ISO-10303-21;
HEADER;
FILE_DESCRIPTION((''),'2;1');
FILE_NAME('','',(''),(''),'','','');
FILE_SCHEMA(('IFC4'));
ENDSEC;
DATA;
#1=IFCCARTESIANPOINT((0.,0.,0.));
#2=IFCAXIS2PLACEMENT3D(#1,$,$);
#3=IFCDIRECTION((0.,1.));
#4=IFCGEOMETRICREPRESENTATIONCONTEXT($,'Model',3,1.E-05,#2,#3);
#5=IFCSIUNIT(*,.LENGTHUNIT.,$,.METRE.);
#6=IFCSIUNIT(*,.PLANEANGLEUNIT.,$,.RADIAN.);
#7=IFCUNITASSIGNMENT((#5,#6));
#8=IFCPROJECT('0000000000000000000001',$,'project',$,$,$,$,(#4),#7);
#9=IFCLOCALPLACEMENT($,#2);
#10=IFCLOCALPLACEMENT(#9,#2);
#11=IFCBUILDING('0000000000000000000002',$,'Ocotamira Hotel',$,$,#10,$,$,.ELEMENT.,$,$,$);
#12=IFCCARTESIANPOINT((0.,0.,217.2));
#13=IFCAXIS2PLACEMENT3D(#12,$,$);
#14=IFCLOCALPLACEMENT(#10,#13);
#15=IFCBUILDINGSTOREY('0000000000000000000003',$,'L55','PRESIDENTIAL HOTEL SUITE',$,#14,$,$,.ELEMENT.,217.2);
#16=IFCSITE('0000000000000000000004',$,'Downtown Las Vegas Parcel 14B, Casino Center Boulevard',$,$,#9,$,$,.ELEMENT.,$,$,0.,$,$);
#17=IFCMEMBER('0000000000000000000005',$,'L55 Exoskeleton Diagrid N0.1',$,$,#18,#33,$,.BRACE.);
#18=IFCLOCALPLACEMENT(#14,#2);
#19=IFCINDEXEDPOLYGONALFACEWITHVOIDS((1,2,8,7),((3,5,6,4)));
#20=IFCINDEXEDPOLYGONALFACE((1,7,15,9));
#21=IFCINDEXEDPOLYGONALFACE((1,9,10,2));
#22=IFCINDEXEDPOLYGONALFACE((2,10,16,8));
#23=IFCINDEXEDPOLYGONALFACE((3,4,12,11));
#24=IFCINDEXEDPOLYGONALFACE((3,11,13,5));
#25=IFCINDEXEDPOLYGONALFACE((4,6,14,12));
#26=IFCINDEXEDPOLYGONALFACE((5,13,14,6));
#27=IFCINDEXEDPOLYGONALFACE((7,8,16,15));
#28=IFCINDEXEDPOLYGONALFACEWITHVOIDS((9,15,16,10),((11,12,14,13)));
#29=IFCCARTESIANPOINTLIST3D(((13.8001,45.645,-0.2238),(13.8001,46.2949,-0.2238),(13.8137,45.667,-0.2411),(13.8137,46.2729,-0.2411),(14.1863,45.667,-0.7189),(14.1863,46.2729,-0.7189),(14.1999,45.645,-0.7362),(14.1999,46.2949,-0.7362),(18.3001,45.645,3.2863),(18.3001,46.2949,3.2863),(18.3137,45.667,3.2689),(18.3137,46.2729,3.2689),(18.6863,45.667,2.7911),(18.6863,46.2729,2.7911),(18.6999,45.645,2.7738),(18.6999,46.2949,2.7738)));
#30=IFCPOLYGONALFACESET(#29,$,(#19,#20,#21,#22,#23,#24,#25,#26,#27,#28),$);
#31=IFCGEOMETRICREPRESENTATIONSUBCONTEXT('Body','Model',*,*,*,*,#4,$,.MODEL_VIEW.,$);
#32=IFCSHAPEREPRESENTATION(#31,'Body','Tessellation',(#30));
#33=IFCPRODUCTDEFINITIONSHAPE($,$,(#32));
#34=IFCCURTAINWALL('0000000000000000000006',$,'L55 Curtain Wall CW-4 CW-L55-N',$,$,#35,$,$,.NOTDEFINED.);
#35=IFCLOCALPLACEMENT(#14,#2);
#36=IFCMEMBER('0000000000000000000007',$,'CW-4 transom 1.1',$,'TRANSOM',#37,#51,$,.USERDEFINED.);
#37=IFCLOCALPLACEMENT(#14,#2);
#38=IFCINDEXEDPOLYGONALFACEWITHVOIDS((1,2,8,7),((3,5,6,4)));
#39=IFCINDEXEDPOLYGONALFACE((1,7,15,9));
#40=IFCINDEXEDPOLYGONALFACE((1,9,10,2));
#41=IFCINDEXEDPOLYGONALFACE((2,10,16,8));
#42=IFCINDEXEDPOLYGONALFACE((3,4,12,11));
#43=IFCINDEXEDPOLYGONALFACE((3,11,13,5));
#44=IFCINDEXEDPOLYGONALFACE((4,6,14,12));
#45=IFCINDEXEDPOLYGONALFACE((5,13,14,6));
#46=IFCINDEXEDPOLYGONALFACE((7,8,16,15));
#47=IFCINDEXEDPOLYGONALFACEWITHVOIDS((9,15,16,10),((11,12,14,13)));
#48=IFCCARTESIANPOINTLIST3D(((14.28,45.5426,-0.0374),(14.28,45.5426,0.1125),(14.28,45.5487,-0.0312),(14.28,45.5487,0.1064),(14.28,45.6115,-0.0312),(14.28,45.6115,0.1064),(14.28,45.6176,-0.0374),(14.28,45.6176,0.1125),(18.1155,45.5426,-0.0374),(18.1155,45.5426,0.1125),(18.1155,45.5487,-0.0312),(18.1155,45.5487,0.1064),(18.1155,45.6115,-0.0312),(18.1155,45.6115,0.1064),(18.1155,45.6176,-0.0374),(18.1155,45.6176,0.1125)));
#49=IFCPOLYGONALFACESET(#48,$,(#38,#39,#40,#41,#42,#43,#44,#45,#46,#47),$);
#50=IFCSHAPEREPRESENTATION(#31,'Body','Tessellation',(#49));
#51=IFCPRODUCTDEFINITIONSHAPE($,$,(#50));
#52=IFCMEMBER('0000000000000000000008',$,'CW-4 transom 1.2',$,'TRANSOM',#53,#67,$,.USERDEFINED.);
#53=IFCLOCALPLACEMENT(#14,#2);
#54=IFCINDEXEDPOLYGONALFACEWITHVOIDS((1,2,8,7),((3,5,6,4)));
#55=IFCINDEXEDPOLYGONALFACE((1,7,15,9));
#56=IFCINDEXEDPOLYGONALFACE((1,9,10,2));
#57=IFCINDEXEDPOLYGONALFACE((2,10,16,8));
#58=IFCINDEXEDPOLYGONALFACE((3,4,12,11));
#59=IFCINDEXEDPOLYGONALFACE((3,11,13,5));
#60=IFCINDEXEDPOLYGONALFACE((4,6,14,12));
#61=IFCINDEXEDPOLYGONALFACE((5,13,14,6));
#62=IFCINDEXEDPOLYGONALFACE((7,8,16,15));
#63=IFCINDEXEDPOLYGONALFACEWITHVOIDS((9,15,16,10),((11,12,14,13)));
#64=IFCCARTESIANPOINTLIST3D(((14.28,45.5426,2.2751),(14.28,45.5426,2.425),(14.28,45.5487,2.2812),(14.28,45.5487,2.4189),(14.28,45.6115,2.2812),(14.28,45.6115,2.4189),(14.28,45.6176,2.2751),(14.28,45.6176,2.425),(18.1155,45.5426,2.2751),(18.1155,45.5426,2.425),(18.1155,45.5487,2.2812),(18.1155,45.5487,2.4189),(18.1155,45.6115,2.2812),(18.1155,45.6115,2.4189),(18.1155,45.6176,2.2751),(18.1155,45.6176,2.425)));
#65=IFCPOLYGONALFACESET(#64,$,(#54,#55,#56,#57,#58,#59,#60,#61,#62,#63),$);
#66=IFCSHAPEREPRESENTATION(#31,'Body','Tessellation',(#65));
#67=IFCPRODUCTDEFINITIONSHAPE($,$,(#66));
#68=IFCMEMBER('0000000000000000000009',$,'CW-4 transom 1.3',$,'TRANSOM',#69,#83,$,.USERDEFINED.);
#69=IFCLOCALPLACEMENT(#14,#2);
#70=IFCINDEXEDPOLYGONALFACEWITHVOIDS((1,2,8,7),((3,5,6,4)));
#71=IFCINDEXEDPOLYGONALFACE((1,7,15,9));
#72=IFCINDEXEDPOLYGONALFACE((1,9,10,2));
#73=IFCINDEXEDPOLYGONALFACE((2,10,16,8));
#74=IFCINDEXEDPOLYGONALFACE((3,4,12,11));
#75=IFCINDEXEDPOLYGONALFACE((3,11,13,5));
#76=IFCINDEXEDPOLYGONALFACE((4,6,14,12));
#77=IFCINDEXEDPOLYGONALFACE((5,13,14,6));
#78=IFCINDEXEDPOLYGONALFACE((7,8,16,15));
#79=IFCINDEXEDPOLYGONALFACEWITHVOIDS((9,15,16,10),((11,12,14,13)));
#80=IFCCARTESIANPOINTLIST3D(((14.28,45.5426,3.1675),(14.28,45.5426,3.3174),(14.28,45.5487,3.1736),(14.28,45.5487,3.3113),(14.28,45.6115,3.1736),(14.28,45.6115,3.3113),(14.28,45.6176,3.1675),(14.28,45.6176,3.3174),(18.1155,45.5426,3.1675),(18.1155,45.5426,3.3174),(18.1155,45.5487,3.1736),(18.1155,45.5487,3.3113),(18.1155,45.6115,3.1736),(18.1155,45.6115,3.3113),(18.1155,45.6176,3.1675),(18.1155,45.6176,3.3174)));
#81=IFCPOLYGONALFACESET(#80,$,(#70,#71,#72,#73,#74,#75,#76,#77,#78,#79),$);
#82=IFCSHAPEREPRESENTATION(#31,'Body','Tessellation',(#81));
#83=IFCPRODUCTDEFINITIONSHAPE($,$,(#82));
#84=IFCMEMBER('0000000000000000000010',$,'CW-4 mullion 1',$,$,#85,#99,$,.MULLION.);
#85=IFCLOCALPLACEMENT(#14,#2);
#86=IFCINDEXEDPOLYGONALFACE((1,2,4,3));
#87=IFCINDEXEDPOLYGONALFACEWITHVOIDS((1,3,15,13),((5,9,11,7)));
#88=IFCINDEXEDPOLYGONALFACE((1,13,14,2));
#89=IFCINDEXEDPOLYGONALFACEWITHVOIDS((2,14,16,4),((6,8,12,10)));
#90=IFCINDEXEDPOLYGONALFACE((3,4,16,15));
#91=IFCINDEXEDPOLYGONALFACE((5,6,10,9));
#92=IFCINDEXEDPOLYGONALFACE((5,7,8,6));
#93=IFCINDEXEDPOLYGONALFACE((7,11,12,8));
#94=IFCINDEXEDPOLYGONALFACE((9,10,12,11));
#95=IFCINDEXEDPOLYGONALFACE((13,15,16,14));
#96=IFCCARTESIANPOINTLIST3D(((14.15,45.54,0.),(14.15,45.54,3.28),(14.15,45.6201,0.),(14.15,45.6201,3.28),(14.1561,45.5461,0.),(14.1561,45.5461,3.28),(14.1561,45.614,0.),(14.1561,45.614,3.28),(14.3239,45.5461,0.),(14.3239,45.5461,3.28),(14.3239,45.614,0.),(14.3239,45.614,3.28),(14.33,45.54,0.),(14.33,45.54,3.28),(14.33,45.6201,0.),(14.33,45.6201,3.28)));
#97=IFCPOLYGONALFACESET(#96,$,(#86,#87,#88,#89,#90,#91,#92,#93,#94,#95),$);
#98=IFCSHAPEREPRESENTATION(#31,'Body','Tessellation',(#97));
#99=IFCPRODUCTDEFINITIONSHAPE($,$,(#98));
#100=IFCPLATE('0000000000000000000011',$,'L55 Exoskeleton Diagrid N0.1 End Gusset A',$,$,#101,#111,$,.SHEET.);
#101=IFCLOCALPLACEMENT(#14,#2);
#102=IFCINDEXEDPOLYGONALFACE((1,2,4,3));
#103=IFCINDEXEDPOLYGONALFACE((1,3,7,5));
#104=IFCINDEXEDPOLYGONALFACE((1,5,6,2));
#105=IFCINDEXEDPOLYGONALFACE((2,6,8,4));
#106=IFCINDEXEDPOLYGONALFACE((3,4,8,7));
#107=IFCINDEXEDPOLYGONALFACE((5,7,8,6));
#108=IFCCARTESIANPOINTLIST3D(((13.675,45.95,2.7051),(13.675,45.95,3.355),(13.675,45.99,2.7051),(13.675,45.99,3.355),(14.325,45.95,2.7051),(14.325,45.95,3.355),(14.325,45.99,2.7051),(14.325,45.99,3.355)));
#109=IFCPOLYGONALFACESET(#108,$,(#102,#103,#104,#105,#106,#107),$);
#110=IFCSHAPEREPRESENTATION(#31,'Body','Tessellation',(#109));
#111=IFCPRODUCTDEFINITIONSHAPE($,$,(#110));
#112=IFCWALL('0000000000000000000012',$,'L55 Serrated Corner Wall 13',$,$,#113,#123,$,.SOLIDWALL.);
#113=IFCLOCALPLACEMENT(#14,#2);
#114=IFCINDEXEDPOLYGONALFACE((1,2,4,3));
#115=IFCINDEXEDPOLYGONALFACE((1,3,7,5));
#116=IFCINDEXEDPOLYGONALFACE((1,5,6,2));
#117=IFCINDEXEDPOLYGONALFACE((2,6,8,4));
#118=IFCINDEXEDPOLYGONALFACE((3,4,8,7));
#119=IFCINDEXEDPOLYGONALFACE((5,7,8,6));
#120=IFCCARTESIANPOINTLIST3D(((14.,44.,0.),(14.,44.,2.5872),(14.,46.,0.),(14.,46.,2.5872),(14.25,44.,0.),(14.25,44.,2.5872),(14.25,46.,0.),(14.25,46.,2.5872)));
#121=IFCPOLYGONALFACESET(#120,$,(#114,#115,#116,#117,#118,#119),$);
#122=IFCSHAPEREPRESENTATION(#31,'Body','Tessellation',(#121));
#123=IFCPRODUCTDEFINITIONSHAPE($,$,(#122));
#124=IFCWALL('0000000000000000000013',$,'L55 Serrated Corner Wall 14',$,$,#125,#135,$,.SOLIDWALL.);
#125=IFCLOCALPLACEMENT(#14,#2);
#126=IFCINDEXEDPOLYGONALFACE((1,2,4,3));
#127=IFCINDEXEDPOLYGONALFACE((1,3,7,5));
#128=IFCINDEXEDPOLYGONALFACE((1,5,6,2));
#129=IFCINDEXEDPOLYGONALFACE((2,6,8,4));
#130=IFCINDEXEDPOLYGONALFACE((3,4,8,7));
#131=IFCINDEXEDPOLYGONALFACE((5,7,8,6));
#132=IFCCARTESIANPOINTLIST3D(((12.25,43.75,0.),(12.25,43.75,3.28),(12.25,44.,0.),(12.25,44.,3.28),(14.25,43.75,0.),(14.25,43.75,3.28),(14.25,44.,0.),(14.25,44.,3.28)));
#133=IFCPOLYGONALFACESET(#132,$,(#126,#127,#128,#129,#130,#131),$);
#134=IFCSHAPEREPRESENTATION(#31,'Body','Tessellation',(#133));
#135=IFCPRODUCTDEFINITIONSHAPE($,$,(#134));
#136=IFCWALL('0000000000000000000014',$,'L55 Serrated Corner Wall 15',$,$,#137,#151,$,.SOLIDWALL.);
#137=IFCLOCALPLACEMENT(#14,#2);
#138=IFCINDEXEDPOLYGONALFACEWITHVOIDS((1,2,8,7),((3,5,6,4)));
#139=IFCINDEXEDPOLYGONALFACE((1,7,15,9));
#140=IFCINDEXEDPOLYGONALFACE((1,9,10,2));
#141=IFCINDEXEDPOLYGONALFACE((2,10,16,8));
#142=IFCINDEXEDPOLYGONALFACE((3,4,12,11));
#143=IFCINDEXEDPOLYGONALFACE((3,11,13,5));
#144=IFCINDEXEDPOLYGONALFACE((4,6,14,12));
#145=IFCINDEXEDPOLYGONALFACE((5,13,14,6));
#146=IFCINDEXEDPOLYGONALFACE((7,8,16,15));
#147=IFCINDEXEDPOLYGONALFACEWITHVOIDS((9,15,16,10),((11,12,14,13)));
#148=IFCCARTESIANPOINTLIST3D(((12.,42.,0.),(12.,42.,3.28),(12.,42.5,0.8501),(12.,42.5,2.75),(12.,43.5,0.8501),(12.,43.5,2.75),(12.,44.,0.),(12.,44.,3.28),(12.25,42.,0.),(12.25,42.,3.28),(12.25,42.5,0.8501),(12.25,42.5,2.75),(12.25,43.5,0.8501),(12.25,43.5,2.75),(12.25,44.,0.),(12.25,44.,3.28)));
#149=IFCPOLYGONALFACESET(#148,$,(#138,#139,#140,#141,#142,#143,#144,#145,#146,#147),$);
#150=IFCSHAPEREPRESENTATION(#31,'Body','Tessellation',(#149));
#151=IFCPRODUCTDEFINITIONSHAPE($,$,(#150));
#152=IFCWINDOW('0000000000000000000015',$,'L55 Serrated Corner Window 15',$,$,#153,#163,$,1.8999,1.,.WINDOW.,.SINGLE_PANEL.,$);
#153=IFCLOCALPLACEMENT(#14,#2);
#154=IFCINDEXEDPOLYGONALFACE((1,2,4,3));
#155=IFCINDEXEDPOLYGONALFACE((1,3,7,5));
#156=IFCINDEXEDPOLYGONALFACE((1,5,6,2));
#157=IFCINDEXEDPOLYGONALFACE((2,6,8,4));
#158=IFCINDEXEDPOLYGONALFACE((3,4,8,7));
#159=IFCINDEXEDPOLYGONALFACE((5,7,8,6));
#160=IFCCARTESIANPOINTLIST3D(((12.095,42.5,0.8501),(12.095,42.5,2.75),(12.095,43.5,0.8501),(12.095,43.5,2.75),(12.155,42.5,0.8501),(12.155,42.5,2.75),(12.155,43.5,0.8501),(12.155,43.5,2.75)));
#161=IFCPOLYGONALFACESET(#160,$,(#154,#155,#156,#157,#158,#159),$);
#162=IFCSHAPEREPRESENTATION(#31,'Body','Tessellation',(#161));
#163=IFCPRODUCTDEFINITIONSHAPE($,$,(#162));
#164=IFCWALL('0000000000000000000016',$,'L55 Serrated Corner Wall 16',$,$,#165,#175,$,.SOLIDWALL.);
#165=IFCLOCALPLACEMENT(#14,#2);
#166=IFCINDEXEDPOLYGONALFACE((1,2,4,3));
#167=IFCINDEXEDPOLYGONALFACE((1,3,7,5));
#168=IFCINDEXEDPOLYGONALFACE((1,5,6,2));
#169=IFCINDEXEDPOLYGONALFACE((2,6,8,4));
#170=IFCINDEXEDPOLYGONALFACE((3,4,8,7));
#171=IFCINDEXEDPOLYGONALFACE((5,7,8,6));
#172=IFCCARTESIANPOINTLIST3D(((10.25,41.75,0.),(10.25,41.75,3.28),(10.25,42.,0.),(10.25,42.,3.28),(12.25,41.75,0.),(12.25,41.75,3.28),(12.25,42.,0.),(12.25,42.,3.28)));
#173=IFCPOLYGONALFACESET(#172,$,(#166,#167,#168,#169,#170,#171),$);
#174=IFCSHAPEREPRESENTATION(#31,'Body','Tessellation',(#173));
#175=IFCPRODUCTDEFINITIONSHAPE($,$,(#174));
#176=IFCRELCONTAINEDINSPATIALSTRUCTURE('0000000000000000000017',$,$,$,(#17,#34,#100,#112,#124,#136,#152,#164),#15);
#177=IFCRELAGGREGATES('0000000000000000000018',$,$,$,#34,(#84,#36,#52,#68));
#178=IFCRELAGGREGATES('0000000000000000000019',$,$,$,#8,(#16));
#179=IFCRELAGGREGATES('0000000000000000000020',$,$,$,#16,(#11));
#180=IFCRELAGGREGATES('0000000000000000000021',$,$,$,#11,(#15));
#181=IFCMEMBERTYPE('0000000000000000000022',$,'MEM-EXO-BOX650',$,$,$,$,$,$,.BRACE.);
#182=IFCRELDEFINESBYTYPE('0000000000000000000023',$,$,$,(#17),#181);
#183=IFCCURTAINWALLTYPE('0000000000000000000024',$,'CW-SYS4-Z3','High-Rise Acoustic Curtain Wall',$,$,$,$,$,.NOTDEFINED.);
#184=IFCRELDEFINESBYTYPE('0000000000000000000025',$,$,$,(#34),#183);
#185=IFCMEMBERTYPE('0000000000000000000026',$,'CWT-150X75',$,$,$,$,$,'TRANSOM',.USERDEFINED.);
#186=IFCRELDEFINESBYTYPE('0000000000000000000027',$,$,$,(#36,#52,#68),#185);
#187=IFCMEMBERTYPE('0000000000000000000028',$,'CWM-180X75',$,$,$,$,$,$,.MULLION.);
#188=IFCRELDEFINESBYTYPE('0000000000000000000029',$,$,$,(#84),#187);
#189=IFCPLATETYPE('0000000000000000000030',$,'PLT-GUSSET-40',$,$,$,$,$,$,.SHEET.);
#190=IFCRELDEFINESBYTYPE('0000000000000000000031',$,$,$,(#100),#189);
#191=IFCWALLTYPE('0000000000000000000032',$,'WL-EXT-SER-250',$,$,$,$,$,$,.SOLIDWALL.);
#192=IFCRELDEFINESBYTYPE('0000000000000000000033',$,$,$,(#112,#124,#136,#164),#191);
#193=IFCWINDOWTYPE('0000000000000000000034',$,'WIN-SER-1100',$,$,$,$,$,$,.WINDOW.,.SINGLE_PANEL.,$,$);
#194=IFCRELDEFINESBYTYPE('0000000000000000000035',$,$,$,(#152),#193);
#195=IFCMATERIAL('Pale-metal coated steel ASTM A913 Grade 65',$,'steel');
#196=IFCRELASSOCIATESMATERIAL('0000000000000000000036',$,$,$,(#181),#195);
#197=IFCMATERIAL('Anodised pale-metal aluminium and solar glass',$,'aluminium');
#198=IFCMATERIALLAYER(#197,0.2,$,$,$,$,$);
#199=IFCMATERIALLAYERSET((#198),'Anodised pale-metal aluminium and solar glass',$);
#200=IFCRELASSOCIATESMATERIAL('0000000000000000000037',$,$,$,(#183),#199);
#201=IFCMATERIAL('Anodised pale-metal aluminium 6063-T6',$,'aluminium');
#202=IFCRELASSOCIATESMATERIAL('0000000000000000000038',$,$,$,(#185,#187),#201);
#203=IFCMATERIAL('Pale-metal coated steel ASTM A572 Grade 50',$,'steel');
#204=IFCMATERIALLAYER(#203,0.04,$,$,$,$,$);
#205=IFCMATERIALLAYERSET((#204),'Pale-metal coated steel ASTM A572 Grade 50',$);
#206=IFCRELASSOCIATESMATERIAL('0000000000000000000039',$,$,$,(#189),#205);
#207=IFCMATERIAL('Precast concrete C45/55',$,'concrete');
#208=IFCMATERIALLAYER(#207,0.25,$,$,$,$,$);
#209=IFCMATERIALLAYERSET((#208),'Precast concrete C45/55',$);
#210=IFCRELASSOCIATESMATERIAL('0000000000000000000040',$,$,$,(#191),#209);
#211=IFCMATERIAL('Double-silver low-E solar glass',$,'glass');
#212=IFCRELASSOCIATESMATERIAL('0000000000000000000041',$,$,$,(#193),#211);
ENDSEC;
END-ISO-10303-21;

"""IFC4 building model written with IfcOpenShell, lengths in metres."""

from ifc_helpers import new_model, si_unit, direction, frame, frame_2d, origin, origin_2d, place, context, subcontext, project, spatial, rectangle, hollow_rectangle, extrude, source, transform, mapped, material, layer, layer_set, material_profile, profile_set, type_object, element, fill, aggregate, save


model = new_model("IFC4")

# Units and contexts
model_context = context("Model", 3, precision=1e-05, world=origin(), true_north=direction((0.0, 1.0)))
body_context = subcontext(model_context, "Body", "Model", "MODEL_VIEW")
ifc_project = project(units=[si_unit("LENGTHUNIT", "METRE"), si_unit("PLANEANGLEUNIT", "RADIAN")], contexts=[model_context])

# Site, building, storey
site_placement = place(None, origin())
site = spatial("IfcSite", under=ifc_project, at=site_placement, Name="Downtown Las Vegas Parcel 14B, Casino Center Boulevard", CompositionType="ELEMENT", RefElevation=0.0)
building_placement = place(site_placement, origin())
building = spatial("IfcBuilding", under=site, at=building_placement, Name="Ocotamira Hotel", CompositionType="ELEMENT")
storey_placement = place(building_placement, frame((0.0, 0.0, 217.2)))
storey = spatial("IfcBuildingStorey", under=building, at=storey_placement, Name="L55", Description="PRESIDENTIAL HOTEL SUITE", CompositionType="ELEMENT", Elevation=217.2)

# Member
ifc_material_1 = material(Name="Pale-metal coated steel ASTM A913 Grade 65", Category="steel")
ifc_material_profile_1 = material_profile(ifc_material_1, hollow_rectangle(XDim=0.6499, YDim=0.6499, WallThickness=0.022, at=origin_2d()), Name="BOX650X650X22")
ifc_profile_set_1 = profile_set([ifc_material_profile_1], Name="Pale-metal coated steel ASTM A913 Grade 65")
member_type_1 = type_object("IfcMemberType", Name="MEM-EXO-BOX650", PredefinedType="BRACE", material=ifc_profile_set_1)
shared_shape_1 = source(origin(), body_context, "Body", "SweptSolid", [
    extrude(hollow_rectangle(XDim=0.6499, YDim=0.6499, WallThickness=0.022, at=origin_2d()), origin(), (0.0, 0.0, 1.0), 5.707),
])
member_1_placement = place(storey_placement, frame((14.0, 45.97, -0.48), z_axis=(0.788501, 0.0, 0.615033), x_axis=(0.0, 1.0, 0.0)))
element("IfcMember", 1, at=member_1_placement, inside=storey, type_object=member_type_1, Name="L55 Exoskeleton Diagrid N0.1", PredefinedType="BRACE", context=body_context, shape_type="MappedRepresentation", body=[
    mapped(shared_shape_1, transform((0.0, 0.0, 0.0), scale=1.0)),
])

# Curtain wall, members
ifc_material_2 = material(Name="Anodised pale-metal aluminium and solar glass", Category="aluminium")
ifc_layer_1 = layer(ifc_material_2, 0.2)
ifc_layer_set_1 = layer_set([ifc_layer_1], Name="Anodised pale-metal aluminium and solar glass")
curtain_wall_type = type_object("IfcCurtainWallType", Name="CW-SYS4-Z3", Description="High-Rise Acoustic Curtain Wall", PredefinedType="NOTDEFINED", material=ifc_layer_set_1)
curtain_wall_placement = place(storey_placement, origin())
curtain_wall = element("IfcCurtainWall", 2, at=curtain_wall_placement, inside=storey, type_object=curtain_wall_type, Name="L55 Curtain Wall CW-4 CW-L55-N", PredefinedType="NOTDEFINED")
ifc_material_3 = material(Name="Anodised pale-metal aluminium 6063-T6", Category="aluminium")
ifc_material_profile_2 = material_profile(ifc_material_3, hollow_rectangle(XDim=0.075, YDim=0.1499, WallThickness=0.0061, at=origin_2d()), Name="HSS150X75X6")
ifc_profile_set_2 = profile_set([ifc_material_profile_2], Name="Anodised pale-metal aluminium 6063-T6")
member_type_2 = type_object("IfcMemberType", Name="CWT-150X75", ElementType="TRANSOM", PredefinedType="USERDEFINED", material=ifc_profile_set_2)
shared_shape_2 = source(origin(), body_context, "Body", "SweptSolid", [
    extrude(hollow_rectangle(XDim=0.075, YDim=0.1499, WallThickness=0.0061, at=origin_2d()), origin(), (0.0, 0.0, 1.0), 3.8354),
])
member_2_placement = place(storey_placement, frame((14.28, 45.5801, 0.0376), z_axis=(1.0, 0.0, 0.0), x_axis=(0.0, 1.0, 0.0)))
member_2 = element("IfcMember", 3, at=member_2_placement, type_object=member_type_2, Name="CW-4 transom 1.1", ObjectType="TRANSOM", PredefinedType="USERDEFINED", context=body_context, shape_type="MappedRepresentation", body=[
    mapped(shared_shape_2, transform((0.0, 0.0, 0.0), scale=1.0)),
])
member_3_placement = place(storey_placement, frame((14.28, 45.5801, 2.3501), z_axis=(1.0, 0.0, 0.0), x_axis=(0.0, 1.0, 0.0)))
member_3 = element("IfcMember", 4, at=member_3_placement, type_object=member_type_2, Name="CW-4 transom 1.2", ObjectType="TRANSOM", PredefinedType="USERDEFINED", context=body_context, shape_type="MappedRepresentation", body=[
    mapped(shared_shape_2, transform((0.0, 0.0, 0.0), scale=1.0)),
])
member_4_placement = place(storey_placement, frame((14.28, 45.5801, 3.2424), z_axis=(1.0, 0.0, 0.0), x_axis=(0.0, 1.0, 0.0)))
member_4 = element("IfcMember", 5, at=member_4_placement, type_object=member_type_2, Name="CW-4 transom 1.3", ObjectType="TRANSOM", PredefinedType="USERDEFINED", context=body_context, shape_type="MappedRepresentation", body=[
    mapped(shared_shape_2, transform((0.0, 0.0, 0.0), scale=1.0)),
])
ifc_material_profile_3 = material_profile(ifc_material_3, hollow_rectangle(XDim=0.0801, YDim=0.1799, WallThickness=0.0061, at=origin_2d()), Name="HSS180X80X6")
ifc_profile_set_3 = profile_set([ifc_material_profile_3], Name="Anodised pale-metal aluminium 6063-T6")
member_type_3 = type_object("IfcMemberType", Name="CWM-180X75", PredefinedType="MULLION", material=ifc_profile_set_3)
shared_shape_3 = source(origin(), body_context, "Body", "SweptSolid", [
    extrude(hollow_rectangle(XDim=0.0801, YDim=0.1799, WallThickness=0.0061, at=origin_2d()), origin(), (0.0, 0.0, 1.0), 3.28),
])
member_5_placement = place(storey_placement, frame((14.24, 45.5801, 0.0), z_axis=(0.0, 0.0, 1.0), x_axis=(0.0, 1.0, 0.0)))
member_5 = element("IfcMember", 6, at=member_5_placement, type_object=member_type_3, Name="CW-4 mullion 1", PredefinedType="MULLION", context=body_context, shape_type="MappedRepresentation", body=[
    mapped(shared_shape_3, transform((0.0, 0.0, 0.0), scale=1.0)),
])
aggregate(curtain_wall, [member_5, member_2, member_3, member_4])

# Plate
ifc_material_4 = material(Name="Pale-metal coated steel ASTM A572 Grade 50", Category="steel")
ifc_layer_2 = layer(ifc_material_4, 0.04)
ifc_layer_set_2 = layer_set([ifc_layer_2], Name="Pale-metal coated steel ASTM A572 Grade 50")
plate_type = type_object("IfcPlateType", Name="PLT-GUSSET-40", PredefinedType="SHEET", material=ifc_layer_set_2)
shared_shape_4 = source(origin(), body_context, "Body", "SweptSolid", [
    extrude(rectangle(XDim=0.6499, YDim=0.04, at=origin_2d()), origin(), (0.0, 0.0, 1.0), 0.6499),
])
plate_placement = place(storey_placement, frame((14.0, 45.97, 2.7051), z_axis=(0.0, 0.0, 1.0), x_axis=(1.0, 0.0, 0.0)))
element("IfcPlate", 7, at=plate_placement, inside=storey, type_object=plate_type, Name="L55 Exoskeleton Diagrid N0.1 End Gusset A", PredefinedType="SHEET", context=body_context, shape_type="MappedRepresentation", body=[
    mapped(shared_shape_4, transform((0.0, 0.0, 0.0), scale=1.0)),
])

# Walls
ifc_material_5 = material(Name="Precast concrete C45/55", Category="concrete")
ifc_layer_3 = layer(ifc_material_5, 0.25)
ifc_layer_set_3 = layer_set([ifc_layer_3], Name="Precast concrete C45/55")
wall_type_1 = type_object("IfcWallType", Name="WL-EXT-SER-250", PredefinedType="SOLIDWALL", material=ifc_layer_set_3)
wall_1_placement = place(storey_placement, frame((14.125, 46.0, 0.0), z_axis=(0.0, 0.0, 1.0), x_axis=(0.0, -1.0, 0.0)))
element("IfcWall", 8, at=wall_1_placement, inside=storey, type_object=wall_type_1, Name="L55 Serrated Corner Wall 13", PredefinedType="SOLIDWALL", context=body_context, shape_type="SweptSolid", body=[
    extrude(rectangle(XDim=2.0, YDim=0.25, at=frame_2d((1.0, 0.0))), origin(), (0.0, 0.0, 1.0), 2.5872),
])
wall_2_placement = place(storey_placement, frame((14.25, 43.875, 0.0), z_axis=(0.0, 0.0, 1.0), x_axis=(-1.0, 0.0, 0.0)))
element("IfcWall", 9, at=wall_2_placement, inside=storey, type_object=wall_type_1, Name="L55 Serrated Corner Wall 14", PredefinedType="SOLIDWALL", context=body_context, shape_type="SweptSolid", body=[
    extrude(rectangle(XDim=2.0, YDim=0.25, at=frame_2d((1.0, 0.0))), origin(), (0.0, 0.0, 1.0), 3.28),
])

# Wall, opening, window
wall_3_placement = place(storey_placement, frame((12.125, 44.0, 0.0), z_axis=(0.0, 0.0, 1.0), x_axis=(0.0, -1.0, 0.0)))
wall_3 = element("IfcWall", 10, at=wall_3_placement, inside=storey, type_object=wall_type_1, Name="L55 Serrated Corner Wall 15", PredefinedType="SOLIDWALL", context=body_context, shape_type="SweptSolid", body=[
    extrude(rectangle(XDim=2.0, YDim=0.25, at=frame_2d((1.0, 0.0))), origin(), (0.0, 0.0, 1.0), 3.28),
])
opening_placement = place(wall_3_placement, frame((0.5, 0.0, 0.8501)))
opening = element("IfcOpeningElement", 11, at=opening_placement, cuts=wall_3, PredefinedType="OPENING", context=body_context, shape_type="SweptSolid", body=[
    extrude(rectangle(XDim=1.0, YDim=1.8999, at=frame_2d((0.5, 0.95))), frame((0.0, 0.135, 0.0), z_axis=(0.0, -1.0, 0.0), x_axis=(1.0, 0.0, 0.0)), (0.0, 0.0, 1.0), 0.27),
])
ifc_material_6 = material(Name="Double-silver low-E solar glass", Category="glass")
window_type = type_object("IfcWindowType", Name="WIN-SER-1100", PartitioningType="SINGLE_PANEL", PredefinedType="WINDOW", material=ifc_material_6)
shared_shape_5 = source(origin(), body_context, "Body", "SweptSolid", [
    extrude(rectangle(XDim=1.0, YDim=1.8999, at=frame_2d((0.5, 0.95))), frame((0.0, 0.03, 0.0), z_axis=(0.0, -1.0, 0.0), x_axis=(1.0, 0.0, 0.0)), (0.0, 0.0, 1.0), 0.0601),
])
window_placement = place(opening_placement, origin())
window = element("IfcWindow", 12, at=window_placement, inside=storey, type_object=window_type, Name="L55 Serrated Corner Window 15", OverallHeight=1.8999, OverallWidth=1.0, PartitioningType="SINGLE_PANEL", PredefinedType="WINDOW", context=body_context, shape_type="MappedRepresentation", body=[
    mapped(shared_shape_5, transform((0.0, 0.0, 0.0), scale=1.0)),
])
fill(opening, window)

# Wall
for number, where, z_axis, x_axis, name in (
    (13, (12.25, 41.875, 0.0), (0.0, 0.0, 1.0), (-1.0, 0.0, 0.0), "L55 Serrated Corner Wall 16"),
):
    element("IfcWall", number, at=place(storey_placement, frame(where, z_axis=z_axis, x_axis=x_axis)), inside=storey, type_object=wall_type_1, Name=name, PredefinedType="SOLIDWALL", context=body_context, shape_type="SweptSolid", body=[
        extrude(rectangle(XDim=2.0, YDim=0.25, at=frame_2d((1.0, 0.0))), origin(), (0.0, 0.0, 1.0), 3.28),
    ])

save(model, "model.ifc")
